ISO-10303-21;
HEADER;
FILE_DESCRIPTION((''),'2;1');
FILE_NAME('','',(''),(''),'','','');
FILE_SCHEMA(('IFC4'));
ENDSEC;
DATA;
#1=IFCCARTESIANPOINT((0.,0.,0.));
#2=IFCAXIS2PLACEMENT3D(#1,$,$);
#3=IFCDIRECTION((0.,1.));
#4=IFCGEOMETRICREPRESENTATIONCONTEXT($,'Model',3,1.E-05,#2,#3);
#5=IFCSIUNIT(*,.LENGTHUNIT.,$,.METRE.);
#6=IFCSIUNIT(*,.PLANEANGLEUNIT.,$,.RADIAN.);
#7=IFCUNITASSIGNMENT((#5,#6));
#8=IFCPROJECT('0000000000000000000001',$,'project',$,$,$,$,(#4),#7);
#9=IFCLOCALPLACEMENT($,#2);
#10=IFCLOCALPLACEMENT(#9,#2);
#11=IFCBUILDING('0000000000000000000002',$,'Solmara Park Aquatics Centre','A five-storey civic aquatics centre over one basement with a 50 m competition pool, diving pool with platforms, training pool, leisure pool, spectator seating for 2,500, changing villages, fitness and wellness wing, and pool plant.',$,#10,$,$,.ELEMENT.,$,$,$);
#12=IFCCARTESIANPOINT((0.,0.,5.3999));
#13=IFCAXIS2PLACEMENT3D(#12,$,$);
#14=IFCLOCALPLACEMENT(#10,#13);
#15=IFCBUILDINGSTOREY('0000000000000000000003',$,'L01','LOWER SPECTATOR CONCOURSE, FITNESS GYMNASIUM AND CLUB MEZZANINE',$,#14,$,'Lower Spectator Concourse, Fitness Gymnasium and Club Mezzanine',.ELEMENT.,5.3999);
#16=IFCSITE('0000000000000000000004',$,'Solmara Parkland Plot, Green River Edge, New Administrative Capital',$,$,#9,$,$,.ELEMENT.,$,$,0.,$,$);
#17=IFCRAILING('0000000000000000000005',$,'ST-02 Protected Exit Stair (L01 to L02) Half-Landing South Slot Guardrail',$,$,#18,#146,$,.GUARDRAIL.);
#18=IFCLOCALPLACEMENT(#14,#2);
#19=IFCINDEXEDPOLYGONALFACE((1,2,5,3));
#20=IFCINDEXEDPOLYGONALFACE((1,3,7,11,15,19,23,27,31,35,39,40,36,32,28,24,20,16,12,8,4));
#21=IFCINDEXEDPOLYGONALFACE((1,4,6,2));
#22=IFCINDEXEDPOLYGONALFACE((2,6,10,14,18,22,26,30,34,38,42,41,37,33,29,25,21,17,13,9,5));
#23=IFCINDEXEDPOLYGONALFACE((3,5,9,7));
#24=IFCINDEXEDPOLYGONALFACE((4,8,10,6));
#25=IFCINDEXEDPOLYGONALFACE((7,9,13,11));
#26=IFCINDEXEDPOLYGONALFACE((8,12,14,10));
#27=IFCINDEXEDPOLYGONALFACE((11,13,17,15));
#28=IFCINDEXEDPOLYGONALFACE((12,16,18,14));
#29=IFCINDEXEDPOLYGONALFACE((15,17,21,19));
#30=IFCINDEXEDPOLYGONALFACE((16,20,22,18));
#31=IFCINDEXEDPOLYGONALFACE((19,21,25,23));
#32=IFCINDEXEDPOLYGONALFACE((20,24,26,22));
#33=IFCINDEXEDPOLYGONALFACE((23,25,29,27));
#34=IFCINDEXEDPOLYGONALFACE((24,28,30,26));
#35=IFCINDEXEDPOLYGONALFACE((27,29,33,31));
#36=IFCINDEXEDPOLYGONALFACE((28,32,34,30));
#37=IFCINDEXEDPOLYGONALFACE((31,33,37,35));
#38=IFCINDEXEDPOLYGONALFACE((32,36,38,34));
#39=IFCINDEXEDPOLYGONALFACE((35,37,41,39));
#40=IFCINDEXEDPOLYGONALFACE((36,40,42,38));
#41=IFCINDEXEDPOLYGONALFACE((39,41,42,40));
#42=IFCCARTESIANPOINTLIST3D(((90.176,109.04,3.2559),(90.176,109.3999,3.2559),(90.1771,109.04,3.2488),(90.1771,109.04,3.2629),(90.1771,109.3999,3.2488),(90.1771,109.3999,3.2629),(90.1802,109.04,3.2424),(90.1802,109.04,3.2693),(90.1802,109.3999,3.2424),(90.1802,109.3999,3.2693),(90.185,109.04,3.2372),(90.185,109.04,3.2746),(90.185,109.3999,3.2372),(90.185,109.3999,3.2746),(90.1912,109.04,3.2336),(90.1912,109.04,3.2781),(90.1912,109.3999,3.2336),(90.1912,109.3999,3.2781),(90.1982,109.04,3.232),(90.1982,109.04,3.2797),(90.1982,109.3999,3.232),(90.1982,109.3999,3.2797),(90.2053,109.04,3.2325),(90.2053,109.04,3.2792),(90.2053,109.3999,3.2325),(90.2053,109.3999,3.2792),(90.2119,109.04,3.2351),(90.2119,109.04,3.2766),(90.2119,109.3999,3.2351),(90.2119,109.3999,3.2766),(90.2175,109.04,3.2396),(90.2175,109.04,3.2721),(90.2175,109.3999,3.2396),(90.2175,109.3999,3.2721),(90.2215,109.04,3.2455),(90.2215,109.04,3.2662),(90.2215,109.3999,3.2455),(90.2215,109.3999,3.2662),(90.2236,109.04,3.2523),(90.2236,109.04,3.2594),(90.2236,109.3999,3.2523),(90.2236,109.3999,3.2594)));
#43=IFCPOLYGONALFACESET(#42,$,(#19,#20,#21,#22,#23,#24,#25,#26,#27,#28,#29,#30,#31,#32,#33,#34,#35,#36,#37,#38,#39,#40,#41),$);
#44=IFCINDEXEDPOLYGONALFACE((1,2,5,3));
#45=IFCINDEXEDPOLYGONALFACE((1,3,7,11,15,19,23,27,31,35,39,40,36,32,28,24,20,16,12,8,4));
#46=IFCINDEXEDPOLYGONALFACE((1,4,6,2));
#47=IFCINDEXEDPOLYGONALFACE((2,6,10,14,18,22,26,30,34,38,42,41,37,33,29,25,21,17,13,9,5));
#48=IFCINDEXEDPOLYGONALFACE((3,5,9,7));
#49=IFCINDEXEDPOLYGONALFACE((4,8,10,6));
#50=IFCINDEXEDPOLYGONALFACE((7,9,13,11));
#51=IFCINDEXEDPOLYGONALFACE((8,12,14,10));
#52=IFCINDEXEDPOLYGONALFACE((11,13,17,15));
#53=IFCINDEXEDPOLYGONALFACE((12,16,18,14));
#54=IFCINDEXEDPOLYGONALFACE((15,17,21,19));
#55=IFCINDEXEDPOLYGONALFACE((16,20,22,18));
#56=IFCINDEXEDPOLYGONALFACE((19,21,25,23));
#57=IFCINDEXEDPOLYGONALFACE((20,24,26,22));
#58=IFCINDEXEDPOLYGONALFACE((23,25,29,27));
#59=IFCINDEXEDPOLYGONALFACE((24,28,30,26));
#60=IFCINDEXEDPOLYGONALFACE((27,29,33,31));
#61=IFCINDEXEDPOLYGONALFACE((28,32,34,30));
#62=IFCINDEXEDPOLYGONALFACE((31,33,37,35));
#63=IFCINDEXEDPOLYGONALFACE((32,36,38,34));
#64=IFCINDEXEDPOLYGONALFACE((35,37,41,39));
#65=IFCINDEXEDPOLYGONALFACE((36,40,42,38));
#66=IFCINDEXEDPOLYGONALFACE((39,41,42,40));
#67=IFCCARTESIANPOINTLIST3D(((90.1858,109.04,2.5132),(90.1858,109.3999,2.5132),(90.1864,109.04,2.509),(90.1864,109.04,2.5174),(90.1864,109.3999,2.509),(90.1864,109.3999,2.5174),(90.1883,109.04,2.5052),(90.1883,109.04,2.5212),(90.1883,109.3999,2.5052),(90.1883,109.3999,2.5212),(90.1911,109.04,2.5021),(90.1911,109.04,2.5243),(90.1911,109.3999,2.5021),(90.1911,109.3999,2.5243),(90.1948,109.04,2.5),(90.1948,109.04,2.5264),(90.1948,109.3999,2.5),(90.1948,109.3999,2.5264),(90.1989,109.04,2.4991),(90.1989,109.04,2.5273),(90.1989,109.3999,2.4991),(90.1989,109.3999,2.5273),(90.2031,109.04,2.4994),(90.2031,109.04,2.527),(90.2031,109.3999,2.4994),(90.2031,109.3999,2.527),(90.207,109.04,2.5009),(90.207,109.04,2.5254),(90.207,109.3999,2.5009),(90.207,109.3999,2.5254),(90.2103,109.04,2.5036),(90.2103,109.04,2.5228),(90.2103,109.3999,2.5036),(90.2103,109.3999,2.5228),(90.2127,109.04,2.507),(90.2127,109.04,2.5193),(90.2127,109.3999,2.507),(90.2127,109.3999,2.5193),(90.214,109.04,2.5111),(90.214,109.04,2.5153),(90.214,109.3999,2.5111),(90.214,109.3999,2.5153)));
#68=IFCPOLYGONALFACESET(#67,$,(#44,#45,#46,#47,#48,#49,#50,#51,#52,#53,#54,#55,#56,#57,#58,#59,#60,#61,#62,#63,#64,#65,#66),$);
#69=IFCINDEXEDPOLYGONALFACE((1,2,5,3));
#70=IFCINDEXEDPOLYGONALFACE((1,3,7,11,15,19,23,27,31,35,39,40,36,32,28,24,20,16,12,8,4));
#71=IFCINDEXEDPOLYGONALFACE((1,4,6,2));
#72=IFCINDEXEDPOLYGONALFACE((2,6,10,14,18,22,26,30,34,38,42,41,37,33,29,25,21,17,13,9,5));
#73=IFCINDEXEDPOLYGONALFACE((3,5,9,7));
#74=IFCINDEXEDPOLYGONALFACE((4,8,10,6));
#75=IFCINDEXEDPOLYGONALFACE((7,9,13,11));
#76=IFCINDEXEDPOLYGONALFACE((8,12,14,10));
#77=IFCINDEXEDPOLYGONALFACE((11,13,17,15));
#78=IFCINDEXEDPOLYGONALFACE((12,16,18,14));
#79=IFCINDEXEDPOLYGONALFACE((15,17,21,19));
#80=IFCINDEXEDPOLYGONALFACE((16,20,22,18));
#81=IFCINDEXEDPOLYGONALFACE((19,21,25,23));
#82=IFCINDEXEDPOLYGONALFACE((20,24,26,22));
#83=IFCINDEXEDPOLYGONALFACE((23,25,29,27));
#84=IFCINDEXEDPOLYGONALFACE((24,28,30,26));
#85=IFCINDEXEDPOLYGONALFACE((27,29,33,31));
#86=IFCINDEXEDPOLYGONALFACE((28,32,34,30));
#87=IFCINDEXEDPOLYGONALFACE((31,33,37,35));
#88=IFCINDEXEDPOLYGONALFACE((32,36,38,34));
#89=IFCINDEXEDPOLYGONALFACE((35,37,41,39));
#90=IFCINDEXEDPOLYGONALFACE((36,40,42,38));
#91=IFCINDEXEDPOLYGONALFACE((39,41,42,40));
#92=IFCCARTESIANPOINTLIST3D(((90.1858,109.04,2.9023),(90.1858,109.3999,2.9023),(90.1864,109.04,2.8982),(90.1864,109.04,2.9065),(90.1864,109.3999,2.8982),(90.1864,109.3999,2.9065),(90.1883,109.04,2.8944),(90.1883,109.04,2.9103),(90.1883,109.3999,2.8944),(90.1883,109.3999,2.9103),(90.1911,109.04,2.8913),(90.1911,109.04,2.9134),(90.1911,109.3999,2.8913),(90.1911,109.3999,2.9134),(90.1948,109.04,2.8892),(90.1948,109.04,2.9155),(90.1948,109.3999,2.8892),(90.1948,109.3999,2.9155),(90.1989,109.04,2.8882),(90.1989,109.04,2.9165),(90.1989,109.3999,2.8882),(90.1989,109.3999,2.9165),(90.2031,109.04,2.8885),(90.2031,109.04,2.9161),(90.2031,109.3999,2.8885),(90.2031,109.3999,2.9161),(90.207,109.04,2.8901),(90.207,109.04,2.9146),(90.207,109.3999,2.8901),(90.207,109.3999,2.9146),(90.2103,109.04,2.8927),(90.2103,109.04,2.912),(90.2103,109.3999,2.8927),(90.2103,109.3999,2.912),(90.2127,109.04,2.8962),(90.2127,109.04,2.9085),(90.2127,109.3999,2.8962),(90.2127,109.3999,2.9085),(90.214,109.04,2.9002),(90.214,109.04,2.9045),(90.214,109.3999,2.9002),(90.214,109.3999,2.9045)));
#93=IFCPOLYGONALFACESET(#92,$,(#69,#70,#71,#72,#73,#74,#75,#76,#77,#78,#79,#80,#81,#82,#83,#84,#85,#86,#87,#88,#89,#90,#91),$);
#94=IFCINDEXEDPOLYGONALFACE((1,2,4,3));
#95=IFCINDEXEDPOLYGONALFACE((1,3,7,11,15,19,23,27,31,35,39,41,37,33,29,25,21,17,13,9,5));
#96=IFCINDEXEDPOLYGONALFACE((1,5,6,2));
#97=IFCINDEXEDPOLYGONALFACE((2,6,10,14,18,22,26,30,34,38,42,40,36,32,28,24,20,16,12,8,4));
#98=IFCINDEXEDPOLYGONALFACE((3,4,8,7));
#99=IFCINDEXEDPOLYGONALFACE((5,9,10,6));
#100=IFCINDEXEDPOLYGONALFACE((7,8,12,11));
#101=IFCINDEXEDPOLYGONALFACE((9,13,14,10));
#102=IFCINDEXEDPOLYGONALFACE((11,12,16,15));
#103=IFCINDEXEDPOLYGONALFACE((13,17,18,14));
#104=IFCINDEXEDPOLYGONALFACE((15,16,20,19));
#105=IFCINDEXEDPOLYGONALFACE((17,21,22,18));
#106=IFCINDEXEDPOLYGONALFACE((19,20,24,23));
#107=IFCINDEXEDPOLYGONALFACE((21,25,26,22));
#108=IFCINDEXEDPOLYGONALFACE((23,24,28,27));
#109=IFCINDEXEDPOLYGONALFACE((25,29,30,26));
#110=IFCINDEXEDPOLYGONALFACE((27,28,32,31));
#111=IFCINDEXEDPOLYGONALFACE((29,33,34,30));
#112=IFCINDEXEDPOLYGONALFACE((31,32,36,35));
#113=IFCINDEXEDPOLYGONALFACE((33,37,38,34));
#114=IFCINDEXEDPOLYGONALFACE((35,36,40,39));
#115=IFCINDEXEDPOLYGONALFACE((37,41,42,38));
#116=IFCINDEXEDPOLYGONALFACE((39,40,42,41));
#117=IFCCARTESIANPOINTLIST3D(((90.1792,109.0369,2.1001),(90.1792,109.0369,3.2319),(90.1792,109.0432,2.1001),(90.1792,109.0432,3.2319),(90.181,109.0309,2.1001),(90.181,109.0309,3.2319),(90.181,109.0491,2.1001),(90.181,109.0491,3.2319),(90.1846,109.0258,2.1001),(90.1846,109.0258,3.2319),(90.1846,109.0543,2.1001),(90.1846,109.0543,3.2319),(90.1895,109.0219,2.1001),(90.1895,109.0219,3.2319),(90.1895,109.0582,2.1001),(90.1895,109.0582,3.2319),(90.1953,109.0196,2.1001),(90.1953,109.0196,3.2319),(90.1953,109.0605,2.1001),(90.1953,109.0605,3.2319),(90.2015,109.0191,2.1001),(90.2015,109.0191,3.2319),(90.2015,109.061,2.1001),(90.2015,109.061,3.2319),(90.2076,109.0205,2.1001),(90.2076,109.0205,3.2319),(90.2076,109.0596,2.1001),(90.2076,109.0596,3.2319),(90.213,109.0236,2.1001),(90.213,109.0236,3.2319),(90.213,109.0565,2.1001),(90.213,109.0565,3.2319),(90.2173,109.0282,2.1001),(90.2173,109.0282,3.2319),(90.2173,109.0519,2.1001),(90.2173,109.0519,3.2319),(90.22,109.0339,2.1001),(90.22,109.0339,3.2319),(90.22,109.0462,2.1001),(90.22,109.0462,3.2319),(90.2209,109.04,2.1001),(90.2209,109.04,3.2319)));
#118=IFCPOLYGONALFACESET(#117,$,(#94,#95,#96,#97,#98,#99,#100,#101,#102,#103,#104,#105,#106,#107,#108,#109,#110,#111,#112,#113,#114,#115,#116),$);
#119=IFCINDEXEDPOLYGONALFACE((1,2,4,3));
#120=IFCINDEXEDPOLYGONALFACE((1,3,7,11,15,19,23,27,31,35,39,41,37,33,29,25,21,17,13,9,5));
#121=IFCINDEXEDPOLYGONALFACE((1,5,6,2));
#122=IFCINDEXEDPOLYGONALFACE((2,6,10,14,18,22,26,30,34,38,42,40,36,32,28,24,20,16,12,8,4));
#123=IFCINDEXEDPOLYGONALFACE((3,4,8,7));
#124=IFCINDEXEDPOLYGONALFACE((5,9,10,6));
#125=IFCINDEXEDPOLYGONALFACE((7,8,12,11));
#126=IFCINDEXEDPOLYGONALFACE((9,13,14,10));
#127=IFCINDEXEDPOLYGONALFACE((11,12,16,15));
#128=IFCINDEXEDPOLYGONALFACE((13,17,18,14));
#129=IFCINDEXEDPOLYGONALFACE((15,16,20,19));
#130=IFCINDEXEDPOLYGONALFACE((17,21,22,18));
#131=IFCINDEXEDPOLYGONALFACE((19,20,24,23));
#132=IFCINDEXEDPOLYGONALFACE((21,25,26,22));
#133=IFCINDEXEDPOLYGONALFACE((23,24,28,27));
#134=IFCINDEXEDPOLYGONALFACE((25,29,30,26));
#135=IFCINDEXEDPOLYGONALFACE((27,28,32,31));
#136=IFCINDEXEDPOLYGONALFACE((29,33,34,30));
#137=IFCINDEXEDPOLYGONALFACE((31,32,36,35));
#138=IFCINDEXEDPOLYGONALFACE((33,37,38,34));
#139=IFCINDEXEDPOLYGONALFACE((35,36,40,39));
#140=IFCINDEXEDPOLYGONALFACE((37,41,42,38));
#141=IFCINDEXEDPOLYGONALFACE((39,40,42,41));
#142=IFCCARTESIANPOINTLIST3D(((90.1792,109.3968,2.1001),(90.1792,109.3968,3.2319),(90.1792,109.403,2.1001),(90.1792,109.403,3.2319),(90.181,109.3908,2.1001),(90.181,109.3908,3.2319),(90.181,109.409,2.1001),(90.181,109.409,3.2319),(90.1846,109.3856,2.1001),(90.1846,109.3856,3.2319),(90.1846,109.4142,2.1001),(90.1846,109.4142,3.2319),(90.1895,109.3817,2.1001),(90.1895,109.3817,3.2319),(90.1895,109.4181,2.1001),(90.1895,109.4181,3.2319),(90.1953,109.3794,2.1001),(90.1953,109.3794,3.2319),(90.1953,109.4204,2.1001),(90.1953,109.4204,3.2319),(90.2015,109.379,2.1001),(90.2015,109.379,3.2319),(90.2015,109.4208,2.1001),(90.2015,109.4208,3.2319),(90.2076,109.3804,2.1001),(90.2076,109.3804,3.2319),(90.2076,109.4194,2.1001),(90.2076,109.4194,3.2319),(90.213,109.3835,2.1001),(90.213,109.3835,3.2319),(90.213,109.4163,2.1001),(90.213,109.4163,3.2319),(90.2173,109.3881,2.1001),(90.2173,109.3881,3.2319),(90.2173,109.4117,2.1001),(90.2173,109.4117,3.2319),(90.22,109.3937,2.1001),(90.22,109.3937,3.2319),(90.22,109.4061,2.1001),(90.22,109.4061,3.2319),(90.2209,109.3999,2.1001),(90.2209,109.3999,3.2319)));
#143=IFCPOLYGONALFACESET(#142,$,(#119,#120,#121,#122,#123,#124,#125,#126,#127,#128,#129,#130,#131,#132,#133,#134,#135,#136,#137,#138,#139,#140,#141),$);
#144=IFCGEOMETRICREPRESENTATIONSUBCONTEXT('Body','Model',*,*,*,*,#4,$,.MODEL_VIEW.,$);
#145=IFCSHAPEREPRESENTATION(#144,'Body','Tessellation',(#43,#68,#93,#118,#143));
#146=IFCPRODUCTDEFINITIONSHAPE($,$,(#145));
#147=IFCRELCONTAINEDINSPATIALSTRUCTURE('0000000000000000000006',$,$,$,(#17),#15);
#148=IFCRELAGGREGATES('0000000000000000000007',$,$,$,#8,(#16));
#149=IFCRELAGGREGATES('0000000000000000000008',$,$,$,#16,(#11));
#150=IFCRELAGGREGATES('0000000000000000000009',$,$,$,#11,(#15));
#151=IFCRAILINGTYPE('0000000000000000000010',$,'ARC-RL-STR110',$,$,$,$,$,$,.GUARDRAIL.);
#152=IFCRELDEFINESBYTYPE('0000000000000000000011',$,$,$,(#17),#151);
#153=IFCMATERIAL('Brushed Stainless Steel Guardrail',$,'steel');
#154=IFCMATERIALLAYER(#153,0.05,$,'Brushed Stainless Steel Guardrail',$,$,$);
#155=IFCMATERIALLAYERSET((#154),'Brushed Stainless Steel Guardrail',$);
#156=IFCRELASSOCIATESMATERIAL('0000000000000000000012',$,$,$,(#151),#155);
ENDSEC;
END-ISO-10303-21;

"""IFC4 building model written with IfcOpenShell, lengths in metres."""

from ifc_helpers import new_model, si_unit, direction, frame, origin, origin_2d, place, context, subcontext, project, spatial, circle, extrude, material, layer, layer_set, type_object, element, save


model = new_model("IFC4")

# Units and contexts
model_context = context("Model", 3, precision=1e-05, world=origin(), true_north=direction((0.0, 1.0)))
body_context = subcontext(model_context, "Body", "Model", "MODEL_VIEW")
ifc_project = project(units=[si_unit("LENGTHUNIT", "METRE"), si_unit("PLANEANGLEUNIT", "RADIAN")], contexts=[model_context])

# Site, building, storey
site_placement = place(None, origin())
site = spatial("IfcSite", under=ifc_project, at=site_placement, Name="Solmara Parkland Plot, Green River Edge, New Administrative Capital", CompositionType="ELEMENT", RefElevation=0.0)
building_placement = place(site_placement, origin())
building = spatial("IfcBuilding", under=site, at=building_placement, Name="Solmara Park Aquatics Centre", Description="A five-storey civic aquatics centre over one basement with a 50 m competition pool, diving pool with platforms, training pool, leisure pool, spectator seating for 2,500, changing villages, fitness and wellness wing, and pool plant.", CompositionType="ELEMENT")
storey_placement = place(building_placement, frame((0.0, 0.0, 5.3999)))
storey = spatial("IfcBuildingStorey", under=building, at=storey_placement, Name="L01", Description="LOWER SPECTATOR CONCOURSE, FITNESS GYMNASIUM AND CLUB MEZZANINE", LongName="Lower Spectator Concourse, Fitness Gymnasium and Club Mezzanine", CompositionType="ELEMENT", Elevation=5.3999)

# Railing
ifc_material_1 = material(Name="Brushed Stainless Steel Guardrail", Category="steel")
ifc_layer_1 = layer(ifc_material_1, 0.05, Name="Brushed Stainless Steel Guardrail")
ifc_layer_set_1 = layer_set([ifc_layer_1], Name="Brushed Stainless Steel Guardrail")
railing_type_1 = type_object("IfcRailingType", Name="ARC-RL-STR110", PredefinedType="GUARDRAIL", material=ifc_layer_set_1)
railing_1_placement = place(storey_placement, frame((90.2, 109.04, 2.1001)))
element("IfcRailing", 1, at=railing_1_placement, inside=storey, type_object=railing_type_1, Name="ST-02 Protected Exit Stair (L01 to L02) Half-Landing South Slot Guardrail", PredefinedType="GUARDRAIL", context=body_context, shape_type="SweptSolid", body=[
    extrude(circle(Radius=0.0239, at=origin_2d()), frame((0.0, 0.0, 1.1558), z_axis=(0.0, 1.0, 0.0), x_axis=(-1.0, 0.0, 0.0)), (0.0, 0.0, 1.0), 0.3599),
    extrude(circle(Radius=0.0142, at=origin_2d()), frame((0.0, 0.0, 0.4131), z_axis=(0.0, 1.0, 0.0), x_axis=(-1.0, 0.0, 0.0)), (0.0, 0.0, 1.0), 0.3599),
    extrude(circle(Radius=0.0142, at=origin_2d()), frame((0.0, 0.0, 0.8022), z_axis=(0.0, 1.0, 0.0), x_axis=(-1.0, 0.0, 0.0)), (0.0, 0.0, 1.0), 0.3599),
    extrude(circle(Radius=0.021, at=origin_2d()), origin(), (0.0, 0.0, 1.0), 1.1318),
    extrude(circle(Radius=0.021, at=origin_2d()), frame((0.0, 0.3599, 0.0)), (0.0, 0.0, 1.0), 1.1318),
])

save(model, "model.ifc")
